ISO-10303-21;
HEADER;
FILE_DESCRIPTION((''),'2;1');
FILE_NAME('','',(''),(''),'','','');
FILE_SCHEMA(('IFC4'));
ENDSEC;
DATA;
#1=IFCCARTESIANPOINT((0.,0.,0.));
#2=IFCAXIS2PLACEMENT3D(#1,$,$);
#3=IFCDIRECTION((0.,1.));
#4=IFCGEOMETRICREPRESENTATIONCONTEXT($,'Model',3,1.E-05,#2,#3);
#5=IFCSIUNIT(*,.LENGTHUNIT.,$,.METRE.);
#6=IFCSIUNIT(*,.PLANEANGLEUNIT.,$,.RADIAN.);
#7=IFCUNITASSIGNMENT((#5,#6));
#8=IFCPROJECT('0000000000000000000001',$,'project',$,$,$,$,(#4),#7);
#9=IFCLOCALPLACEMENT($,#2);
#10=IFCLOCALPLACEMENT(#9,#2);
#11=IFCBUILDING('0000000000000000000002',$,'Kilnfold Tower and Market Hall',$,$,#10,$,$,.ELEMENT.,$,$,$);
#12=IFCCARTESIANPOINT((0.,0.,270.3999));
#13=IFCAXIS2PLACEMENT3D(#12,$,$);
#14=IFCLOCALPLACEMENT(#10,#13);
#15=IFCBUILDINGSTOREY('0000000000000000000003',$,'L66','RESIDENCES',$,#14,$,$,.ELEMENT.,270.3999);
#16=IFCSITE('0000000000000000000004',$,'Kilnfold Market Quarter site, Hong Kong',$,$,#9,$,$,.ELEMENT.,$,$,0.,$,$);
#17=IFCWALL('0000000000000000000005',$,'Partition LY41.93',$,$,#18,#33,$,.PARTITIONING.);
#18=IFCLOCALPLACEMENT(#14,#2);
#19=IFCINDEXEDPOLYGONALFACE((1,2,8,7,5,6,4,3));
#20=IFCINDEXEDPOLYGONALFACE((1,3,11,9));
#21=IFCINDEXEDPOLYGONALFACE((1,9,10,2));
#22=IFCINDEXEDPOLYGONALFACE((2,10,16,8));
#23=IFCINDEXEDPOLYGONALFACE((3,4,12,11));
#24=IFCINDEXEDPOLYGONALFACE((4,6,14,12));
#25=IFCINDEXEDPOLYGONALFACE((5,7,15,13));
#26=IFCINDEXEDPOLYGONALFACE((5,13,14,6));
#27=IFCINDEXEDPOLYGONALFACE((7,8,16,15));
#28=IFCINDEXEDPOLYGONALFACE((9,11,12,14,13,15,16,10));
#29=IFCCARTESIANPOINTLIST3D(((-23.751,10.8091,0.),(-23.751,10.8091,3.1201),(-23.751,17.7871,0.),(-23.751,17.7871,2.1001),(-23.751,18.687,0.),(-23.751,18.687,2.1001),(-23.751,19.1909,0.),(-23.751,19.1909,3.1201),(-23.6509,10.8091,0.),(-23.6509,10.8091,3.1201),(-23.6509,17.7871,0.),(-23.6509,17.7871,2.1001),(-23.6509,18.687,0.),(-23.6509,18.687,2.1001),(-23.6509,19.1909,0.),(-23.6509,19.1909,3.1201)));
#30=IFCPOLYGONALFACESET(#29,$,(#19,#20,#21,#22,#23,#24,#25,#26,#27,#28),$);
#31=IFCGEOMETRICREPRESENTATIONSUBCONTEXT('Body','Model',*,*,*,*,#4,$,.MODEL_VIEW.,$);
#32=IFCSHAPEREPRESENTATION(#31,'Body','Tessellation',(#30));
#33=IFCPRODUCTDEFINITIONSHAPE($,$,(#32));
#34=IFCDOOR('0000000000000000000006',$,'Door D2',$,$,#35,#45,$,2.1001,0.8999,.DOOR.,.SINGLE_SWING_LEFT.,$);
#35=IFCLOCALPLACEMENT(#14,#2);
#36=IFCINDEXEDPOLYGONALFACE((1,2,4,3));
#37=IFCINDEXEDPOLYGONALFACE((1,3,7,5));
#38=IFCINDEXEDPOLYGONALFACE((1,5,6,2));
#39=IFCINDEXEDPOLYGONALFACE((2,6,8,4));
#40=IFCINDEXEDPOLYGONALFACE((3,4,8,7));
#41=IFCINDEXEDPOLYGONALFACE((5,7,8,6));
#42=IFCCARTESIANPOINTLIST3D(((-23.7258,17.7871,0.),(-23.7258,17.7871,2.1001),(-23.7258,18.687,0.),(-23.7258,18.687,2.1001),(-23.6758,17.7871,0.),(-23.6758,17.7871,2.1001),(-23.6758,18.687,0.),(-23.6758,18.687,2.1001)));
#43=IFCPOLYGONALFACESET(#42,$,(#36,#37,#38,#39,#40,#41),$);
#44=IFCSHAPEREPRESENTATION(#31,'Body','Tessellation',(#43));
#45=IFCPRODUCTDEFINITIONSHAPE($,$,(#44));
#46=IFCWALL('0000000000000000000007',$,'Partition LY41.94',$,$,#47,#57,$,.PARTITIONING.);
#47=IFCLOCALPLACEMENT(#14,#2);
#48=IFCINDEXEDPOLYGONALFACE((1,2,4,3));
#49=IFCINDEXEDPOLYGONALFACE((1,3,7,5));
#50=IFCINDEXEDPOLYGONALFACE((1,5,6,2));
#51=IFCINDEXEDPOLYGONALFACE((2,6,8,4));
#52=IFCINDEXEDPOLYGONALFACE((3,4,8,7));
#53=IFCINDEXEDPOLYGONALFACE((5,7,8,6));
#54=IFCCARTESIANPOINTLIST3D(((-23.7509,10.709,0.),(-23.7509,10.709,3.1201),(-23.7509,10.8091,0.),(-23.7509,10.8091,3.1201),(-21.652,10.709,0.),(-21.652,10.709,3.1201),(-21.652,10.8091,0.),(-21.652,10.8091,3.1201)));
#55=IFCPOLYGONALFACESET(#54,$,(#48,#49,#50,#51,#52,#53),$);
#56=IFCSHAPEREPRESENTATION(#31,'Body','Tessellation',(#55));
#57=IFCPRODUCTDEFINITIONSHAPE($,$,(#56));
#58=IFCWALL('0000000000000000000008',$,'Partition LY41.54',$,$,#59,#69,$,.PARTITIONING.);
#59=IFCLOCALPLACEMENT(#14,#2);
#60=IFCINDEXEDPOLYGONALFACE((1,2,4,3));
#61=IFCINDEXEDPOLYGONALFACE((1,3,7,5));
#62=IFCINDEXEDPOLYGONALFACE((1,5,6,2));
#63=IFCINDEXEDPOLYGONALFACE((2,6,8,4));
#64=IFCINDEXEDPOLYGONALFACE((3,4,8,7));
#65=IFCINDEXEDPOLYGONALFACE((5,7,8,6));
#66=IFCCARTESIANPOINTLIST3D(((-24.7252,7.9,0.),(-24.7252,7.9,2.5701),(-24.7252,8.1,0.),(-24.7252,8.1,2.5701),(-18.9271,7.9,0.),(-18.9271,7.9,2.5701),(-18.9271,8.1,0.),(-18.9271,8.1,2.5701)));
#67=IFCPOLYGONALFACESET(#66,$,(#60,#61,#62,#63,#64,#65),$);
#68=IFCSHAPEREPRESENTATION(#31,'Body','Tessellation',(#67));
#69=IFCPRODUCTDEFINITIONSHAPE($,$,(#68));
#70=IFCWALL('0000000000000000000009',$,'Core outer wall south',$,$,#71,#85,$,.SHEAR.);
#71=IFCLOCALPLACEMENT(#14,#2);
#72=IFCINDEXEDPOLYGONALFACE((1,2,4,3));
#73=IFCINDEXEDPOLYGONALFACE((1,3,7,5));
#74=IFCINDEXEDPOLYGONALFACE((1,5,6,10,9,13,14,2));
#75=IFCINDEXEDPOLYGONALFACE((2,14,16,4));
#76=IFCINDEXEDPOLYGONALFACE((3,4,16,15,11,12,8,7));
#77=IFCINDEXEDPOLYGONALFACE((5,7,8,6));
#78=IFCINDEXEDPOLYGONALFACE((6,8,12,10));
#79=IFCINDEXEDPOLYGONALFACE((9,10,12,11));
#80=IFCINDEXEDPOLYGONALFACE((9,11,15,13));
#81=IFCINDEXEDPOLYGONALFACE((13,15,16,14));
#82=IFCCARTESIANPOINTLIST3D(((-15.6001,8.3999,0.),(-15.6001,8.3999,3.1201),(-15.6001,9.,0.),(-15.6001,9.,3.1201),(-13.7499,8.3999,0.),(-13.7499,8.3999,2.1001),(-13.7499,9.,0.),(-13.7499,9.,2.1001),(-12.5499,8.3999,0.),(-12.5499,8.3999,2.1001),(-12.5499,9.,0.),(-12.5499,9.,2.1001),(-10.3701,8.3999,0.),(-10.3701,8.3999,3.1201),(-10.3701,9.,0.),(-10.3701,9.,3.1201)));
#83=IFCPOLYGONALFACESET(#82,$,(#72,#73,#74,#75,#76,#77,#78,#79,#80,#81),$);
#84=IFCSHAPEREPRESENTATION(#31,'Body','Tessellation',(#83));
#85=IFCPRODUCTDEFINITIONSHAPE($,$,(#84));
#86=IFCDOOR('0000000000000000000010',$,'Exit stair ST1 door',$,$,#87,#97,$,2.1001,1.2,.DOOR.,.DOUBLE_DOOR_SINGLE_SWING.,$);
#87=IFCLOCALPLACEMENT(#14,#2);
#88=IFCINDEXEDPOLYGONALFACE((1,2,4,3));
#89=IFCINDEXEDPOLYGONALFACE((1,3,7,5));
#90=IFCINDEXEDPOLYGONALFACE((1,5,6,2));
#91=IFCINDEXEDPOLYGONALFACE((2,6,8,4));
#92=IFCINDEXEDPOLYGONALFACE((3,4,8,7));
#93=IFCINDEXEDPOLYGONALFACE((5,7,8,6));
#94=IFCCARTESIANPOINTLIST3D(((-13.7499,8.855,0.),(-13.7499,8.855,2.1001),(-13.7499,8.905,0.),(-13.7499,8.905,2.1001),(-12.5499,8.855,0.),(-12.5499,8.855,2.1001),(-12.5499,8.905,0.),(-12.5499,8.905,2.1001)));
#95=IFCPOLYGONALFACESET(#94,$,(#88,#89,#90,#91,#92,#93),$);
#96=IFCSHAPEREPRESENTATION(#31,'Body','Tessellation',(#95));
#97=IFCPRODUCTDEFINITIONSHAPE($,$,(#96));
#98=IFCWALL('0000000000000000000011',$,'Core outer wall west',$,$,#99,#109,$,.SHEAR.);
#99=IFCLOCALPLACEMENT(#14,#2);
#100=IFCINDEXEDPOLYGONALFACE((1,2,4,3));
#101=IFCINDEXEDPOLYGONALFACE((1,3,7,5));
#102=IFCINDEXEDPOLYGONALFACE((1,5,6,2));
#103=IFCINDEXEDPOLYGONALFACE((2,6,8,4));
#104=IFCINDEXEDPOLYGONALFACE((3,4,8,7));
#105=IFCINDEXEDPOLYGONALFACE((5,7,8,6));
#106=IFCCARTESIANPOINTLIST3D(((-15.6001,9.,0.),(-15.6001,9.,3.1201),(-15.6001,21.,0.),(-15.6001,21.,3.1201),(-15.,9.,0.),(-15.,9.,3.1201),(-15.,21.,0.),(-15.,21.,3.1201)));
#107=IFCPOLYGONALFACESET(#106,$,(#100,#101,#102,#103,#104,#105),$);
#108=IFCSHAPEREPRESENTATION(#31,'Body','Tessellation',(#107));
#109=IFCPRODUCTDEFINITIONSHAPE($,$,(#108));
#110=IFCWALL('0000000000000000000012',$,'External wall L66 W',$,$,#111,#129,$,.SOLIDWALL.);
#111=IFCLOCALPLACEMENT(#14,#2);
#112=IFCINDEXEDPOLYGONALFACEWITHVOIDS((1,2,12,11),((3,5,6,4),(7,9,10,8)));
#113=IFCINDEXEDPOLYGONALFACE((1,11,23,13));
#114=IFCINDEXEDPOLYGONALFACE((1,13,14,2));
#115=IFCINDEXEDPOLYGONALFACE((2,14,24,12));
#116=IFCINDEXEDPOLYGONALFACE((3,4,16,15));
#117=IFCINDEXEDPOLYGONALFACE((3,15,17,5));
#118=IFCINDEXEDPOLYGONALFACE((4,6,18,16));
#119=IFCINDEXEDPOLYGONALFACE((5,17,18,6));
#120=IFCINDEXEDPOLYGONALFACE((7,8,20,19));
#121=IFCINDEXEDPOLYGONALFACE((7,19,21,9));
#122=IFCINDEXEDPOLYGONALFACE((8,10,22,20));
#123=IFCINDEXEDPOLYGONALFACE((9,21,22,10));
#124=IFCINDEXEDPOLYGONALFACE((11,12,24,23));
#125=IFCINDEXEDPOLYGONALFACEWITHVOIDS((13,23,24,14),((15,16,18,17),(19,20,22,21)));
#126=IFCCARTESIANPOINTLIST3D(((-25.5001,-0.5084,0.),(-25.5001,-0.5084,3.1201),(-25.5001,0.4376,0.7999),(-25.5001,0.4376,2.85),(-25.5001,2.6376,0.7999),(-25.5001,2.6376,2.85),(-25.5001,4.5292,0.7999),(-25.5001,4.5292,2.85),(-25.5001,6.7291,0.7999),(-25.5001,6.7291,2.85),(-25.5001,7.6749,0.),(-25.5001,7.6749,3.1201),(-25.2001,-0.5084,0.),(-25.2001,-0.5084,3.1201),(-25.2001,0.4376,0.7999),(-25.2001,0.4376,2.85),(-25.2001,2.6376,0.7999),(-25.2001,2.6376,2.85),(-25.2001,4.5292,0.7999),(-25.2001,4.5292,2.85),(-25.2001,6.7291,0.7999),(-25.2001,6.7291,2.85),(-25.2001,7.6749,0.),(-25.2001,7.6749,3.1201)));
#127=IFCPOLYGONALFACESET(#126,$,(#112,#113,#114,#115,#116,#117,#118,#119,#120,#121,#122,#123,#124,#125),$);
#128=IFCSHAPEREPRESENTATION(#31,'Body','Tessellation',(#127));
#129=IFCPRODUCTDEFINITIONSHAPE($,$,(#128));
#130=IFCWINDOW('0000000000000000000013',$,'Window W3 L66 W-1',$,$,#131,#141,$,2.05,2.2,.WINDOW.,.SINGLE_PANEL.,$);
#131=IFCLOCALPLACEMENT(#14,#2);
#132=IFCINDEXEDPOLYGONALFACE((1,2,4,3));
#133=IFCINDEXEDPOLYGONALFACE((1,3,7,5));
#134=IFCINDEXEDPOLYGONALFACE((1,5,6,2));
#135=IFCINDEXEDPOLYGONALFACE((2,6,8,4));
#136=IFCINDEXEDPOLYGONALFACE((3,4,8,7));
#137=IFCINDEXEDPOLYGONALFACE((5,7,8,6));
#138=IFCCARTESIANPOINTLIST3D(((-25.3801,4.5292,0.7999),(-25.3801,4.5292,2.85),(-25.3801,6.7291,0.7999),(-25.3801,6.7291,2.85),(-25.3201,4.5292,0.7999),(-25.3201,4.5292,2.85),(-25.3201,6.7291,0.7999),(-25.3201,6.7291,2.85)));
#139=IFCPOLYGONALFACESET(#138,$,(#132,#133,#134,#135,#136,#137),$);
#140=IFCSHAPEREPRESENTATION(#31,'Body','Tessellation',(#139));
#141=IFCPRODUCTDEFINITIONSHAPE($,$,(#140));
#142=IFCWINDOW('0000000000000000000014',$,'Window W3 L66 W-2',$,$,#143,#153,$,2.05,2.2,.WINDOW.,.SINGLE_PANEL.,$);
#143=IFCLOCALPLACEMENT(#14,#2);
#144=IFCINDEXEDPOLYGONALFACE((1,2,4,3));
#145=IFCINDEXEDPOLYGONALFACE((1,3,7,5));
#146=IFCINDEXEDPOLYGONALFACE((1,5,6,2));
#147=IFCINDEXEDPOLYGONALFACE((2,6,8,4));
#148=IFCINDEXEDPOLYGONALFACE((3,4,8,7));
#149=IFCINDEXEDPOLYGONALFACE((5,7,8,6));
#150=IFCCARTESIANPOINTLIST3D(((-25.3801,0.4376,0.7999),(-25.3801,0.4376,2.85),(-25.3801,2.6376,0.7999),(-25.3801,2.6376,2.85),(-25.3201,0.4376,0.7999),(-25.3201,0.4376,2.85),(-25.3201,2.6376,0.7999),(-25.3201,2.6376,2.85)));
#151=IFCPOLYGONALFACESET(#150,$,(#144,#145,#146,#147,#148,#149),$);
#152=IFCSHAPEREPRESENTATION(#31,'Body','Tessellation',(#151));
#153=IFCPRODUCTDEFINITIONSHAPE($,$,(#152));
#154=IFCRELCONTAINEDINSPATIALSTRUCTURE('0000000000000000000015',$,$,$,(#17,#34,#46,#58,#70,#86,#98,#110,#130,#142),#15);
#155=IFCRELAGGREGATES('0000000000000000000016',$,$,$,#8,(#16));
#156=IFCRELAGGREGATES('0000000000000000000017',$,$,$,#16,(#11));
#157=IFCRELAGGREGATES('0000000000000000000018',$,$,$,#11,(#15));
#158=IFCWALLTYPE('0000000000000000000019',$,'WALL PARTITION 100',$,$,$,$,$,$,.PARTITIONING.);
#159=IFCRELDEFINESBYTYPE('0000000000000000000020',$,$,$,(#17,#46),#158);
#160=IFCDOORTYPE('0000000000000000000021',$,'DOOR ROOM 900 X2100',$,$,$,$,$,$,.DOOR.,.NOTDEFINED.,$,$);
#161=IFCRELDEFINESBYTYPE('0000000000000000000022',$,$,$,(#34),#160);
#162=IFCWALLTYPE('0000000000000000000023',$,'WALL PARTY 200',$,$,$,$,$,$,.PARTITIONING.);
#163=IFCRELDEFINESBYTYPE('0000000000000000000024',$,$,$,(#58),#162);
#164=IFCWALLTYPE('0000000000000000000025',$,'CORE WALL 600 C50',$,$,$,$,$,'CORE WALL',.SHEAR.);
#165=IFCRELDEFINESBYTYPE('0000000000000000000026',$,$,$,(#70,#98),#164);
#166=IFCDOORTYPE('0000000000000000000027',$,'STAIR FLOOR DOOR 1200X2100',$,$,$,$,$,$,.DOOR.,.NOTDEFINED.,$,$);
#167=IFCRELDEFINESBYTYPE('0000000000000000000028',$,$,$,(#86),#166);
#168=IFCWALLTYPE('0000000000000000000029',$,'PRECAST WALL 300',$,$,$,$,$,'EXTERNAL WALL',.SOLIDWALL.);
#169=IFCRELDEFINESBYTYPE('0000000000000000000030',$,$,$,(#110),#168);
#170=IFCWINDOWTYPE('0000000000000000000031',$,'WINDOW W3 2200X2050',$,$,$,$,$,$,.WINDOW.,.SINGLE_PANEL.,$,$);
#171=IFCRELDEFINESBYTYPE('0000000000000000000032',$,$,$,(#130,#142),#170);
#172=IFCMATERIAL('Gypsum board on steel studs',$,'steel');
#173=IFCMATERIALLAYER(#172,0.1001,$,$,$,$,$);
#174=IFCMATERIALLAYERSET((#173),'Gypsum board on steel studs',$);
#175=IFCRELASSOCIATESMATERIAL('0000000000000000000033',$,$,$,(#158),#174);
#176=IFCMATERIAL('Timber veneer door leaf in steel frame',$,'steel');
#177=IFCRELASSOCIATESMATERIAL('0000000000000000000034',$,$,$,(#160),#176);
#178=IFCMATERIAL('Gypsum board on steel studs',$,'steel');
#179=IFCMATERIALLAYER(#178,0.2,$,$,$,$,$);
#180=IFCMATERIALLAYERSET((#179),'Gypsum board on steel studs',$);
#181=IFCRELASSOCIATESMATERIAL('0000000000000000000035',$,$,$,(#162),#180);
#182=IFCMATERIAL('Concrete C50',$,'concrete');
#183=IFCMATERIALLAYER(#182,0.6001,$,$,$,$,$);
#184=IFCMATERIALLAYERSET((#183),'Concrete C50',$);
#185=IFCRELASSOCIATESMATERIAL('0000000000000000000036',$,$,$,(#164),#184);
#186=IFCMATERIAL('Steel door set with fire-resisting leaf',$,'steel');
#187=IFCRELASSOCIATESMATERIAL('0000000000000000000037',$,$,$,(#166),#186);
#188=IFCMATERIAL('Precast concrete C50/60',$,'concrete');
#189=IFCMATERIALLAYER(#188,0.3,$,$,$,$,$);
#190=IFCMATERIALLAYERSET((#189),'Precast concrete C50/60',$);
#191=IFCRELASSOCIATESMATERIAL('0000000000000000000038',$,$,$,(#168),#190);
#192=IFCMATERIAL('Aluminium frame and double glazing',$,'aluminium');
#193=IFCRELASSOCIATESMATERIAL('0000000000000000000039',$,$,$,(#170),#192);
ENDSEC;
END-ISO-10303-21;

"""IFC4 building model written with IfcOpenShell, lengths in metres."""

from ifc_helpers import new_model, si_unit, direction, frame, frame_2d, origin, place, context, subcontext, project, spatial, rectangle, extrude, source, transform, mapped, material, layer, layer_set, type_object, element, fill, save


model = new_model("IFC4")

# Units and contexts
model_context = context("Model", 3, precision=1e-05, world=origin(), true_north=direction((0.0, 1.0)))
body_context = subcontext(model_context, "Body", "Model", "MODEL_VIEW")
ifc_project = project(units=[si_unit("LENGTHUNIT", "METRE"), si_unit("PLANEANGLEUNIT", "RADIAN")], contexts=[model_context])

# Site, building, storey
site_placement = place(None, origin())
site = spatial("IfcSite", under=ifc_project, at=site_placement, Name="Kilnfold Market Quarter site, Hong Kong", CompositionType="ELEMENT", RefElevation=0.0)
building_placement = place(site_placement, origin())
building = spatial("IfcBuilding", under=site, at=building_placement, Name="Kilnfold Tower and Market Hall", CompositionType="ELEMENT")
storey_placement = place(building_placement, frame((0.0, 0.0, 270.3999)))
storey = spatial("IfcBuildingStorey", under=building, at=storey_placement, Name="L66", Description="RESIDENCES", CompositionType="ELEMENT", Elevation=270.3999)

# Shared definitions
ifc_material_1 = material(Name="Gypsum board on steel studs", Category="steel")
ifc_layer_1 = layer(ifc_material_1, 0.1001)
ifc_layer_set_1 = layer_set([ifc_layer_1], Name="Gypsum board on steel studs")
wall_type_1 = type_object("IfcWallType", Name="WALL PARTITION 100", PredefinedType="PARTITIONING", material=ifc_layer_set_1)
ifc_material_2 = material(Name="Timber veneer door leaf in steel frame", Category="steel")
door_type_1 = type_object("IfcDoorType", Name="DOOR ROOM 900 X2100", OperationType="NOTDEFINED", PredefinedType="DOOR", material=ifc_material_2)

# Wall, opening, door
wall_1_placement = place(storey_placement, frame((-23.7009, 10.8091, 0.0), z_axis=(0.0, 0.0, 1.0), x_axis=(0.0, 1.0, 0.0)))
wall_1 = element("IfcWall", 1, at=wall_1_placement, inside=storey, type_object=wall_type_1, Name="Partition LY41.93", PredefinedType="PARTITIONING", context=body_context, shape_type="SweptSolid", body=[
    extrude(rectangle(XDim=8.3818, YDim=0.1001, at=frame_2d((4.1909, 0.0))), origin(), (0.0, 0.0, 1.0), 3.1201),
])
opening_1_placement = place(wall_1_placement, frame((6.978, 0.0, 0.0)))
opening_1 = element("IfcOpeningElement", 2, at=opening_1_placement, cuts=wall_1, PredefinedType="OPENING", context=body_context, shape_type="SweptSolid", body=[
    extrude(rectangle(XDim=0.8999, YDim=2.1001, at=frame_2d((0.45, 1.05))), frame((0.0, 0.0601, 0.0), z_axis=(0.0, -1.0, 0.0), x_axis=(1.0, 0.0, 0.0)), (0.0, 0.0, 1.0), 0.1201),
])
door_1_placement = place(opening_1_placement, origin())
door_1 = element("IfcDoor", 3, at=door_1_placement, inside=storey, type_object=door_type_1, Name="Door D2", OperationType="SINGLE_SWING_LEFT", OverallHeight=2.1001, OverallWidth=0.8999, PredefinedType="DOOR", context=body_context, shape_type="SweptSolid", body=[
    extrude(rectangle(XDim=0.8999, YDim=2.1001, at=frame_2d((0.45, 1.05))), frame((0.0, 0.0249, 0.0), z_axis=(0.0, -1.0, 0.0), x_axis=(1.0, 0.0, 0.0)), (0.0, 0.0, 1.0), 0.05),
])
fill(opening_1, door_1)

# Walls
wall_2_placement = place(storey_placement, frame((-21.6521, 10.759, 0.0), z_axis=(0.0, 0.0, 1.0), x_axis=(-1.0, 0.0, 0.0)))
element("IfcWall", 4, at=wall_2_placement, inside=storey, type_object=wall_type_1, Name="Partition LY41.94", PredefinedType="PARTITIONING", context=body_context, shape_type="SweptSolid", body=[
    extrude(rectangle(XDim=2.0989, YDim=0.1001, at=frame_2d((1.0493, 0.0))), origin(), (0.0, 0.0, 1.0), 3.1201),
])
ifc_material_3 = material(Name="Gypsum board on steel studs", Category="steel")
ifc_layer_2 = layer(ifc_material_3, 0.2)
ifc_layer_set_2 = layer_set([ifc_layer_2], Name="Gypsum board on steel studs")
wall_type_2 = type_object("IfcWallType", Name="WALL PARTY 200", PredefinedType="PARTITIONING", material=ifc_layer_set_2)
wall_3_placement = place(storey_placement, frame((-24.7251, 8.0, 0.0), z_axis=(0.0, 0.0, 1.0), x_axis=(1.0, 0.0, 0.0)))
element("IfcWall", 5, at=wall_3_placement, inside=storey, type_object=wall_type_2, Name="Partition LY41.54", PredefinedType="PARTITIONING", context=body_context, shape_type="SweptSolid", body=[
    extrude(rectangle(XDim=5.7981, YDim=0.2, at=frame_2d((2.8989, 0.0))), origin(), (0.0, 0.0, 1.0), 2.5701),
])

# Wall, opening, door
ifc_material_4 = material(Name="Concrete C50", Category="concrete")
ifc_layer_3 = layer(ifc_material_4, 0.6001)
ifc_layer_set_3 = layer_set([ifc_layer_3], Name="Concrete C50")
wall_type_3 = type_object("IfcWallType", Name="CORE WALL 600 C50", ElementType="CORE WALL", PredefinedType="SHEAR", material=ifc_layer_set_3)
shared_shape_1 = source(origin(), body_context, "Body", "SweptSolid", [
    extrude(rectangle(XDim=5.23, YDim=0.6001, at=frame_2d((2.615, 0.0))), origin(), (0.0, 0.0, 1.0), 3.1201),
])
wall_4_placement = place(storey_placement, frame((-15.6001, 8.7, 0.0), z_axis=(0.0, 0.0, 1.0), x_axis=(1.0, 0.0, 0.0)))
wall_4 = element("IfcWall", 6, at=wall_4_placement, inside=storey, type_object=wall_type_3, Name="Core outer wall south", PredefinedType="SHEAR", context=body_context, shape_type="MappedRepresentation", body=[
    mapped(shared_shape_1, transform((0.0, 0.0, 0.0))),
])
opening_2_placement = place(wall_4_placement, frame((1.8501, 0.0, 0.0)))
opening_2 = element("IfcOpeningElement", 7, at=opening_2_placement, cuts=wall_4, PredefinedType="OPENING", context=body_context, shape_type="SweptSolid", body=[
    extrude(rectangle(XDim=1.2, YDim=2.1001, at=frame_2d((0.6001, 1.05))), frame((0.0, 0.3101, 0.0), z_axis=(0.0, -1.0, 0.0), x_axis=(1.0, 0.0, 0.0)), (0.0, 0.0, 1.0), 0.6201),
])
ifc_material_5 = material(Name="Steel door set with fire-resisting leaf", Category="steel")
door_type_2 = type_object("IfcDoorType", Name="STAIR FLOOR DOOR 1200X2100", OperationType="NOTDEFINED", PredefinedType="DOOR", material=ifc_material_5)
door_2_placement = place(opening_2_placement, origin())
door_2 = element("IfcDoor", 8, at=door_2_placement, inside=storey, type_object=door_type_2, Name="Exit stair ST1 door", OperationType="DOUBLE_DOOR_SINGLE_SWING", OverallHeight=2.1001, OverallWidth=1.2, PredefinedType="DOOR", context=body_context, shape_type="SweptSolid", body=[
    extrude(rectangle(XDim=1.2, YDim=2.1001, at=frame_2d((0.6001, 1.05))), frame((0.0, 0.2051, 0.0), z_axis=(0.0, -1.0, 0.0), x_axis=(1.0, 0.0, 0.0)), (0.0, 0.0, 1.0), 0.05),
])
fill(opening_2, door_2)

# Wall
shared_shape_2 = source(origin(), body_context, "Body", "SweptSolid", [
    extrude(rectangle(XDim=12.0, YDim=0.6001, at=frame_2d((6.0, 0.0))), origin(), (0.0, 0.0, 1.0), 3.1201),
])
wall_5_placement = place(storey_placement, frame((-15.3, 9.0, 0.0), z_axis=(0.0, 0.0, 1.0), x_axis=(0.0, 1.0, 0.0)))
element("IfcWall", 9, at=wall_5_placement, inside=storey, type_object=wall_type_3, Name="Core outer wall west", PredefinedType="SHEAR", context=body_context, shape_type="MappedRepresentation", body=[
    mapped(shared_shape_2, transform((0.0, 0.0, 0.0))),
])

# Wall, openings, windows
ifc_material_6 = material(Name="Precast concrete C50/60", Category="concrete")
ifc_layer_4 = layer(ifc_material_6, 0.3)
ifc_layer_set_4 = layer_set([ifc_layer_4], Name="Precast concrete C50/60")
wall_type_4 = type_object("IfcWallType", Name="PRECAST WALL 300", ElementType="EXTERNAL WALL", PredefinedType="SOLIDWALL", material=ifc_layer_set_4)
shared_shape_3 = source(origin(), body_context, "Body", "SweptSolid", [
    extrude(rectangle(XDim=8.1833, YDim=0.3, at=frame_2d((4.0918, 0.0))), origin(), (0.0, 0.0, 1.0), 3.1201),
])
wall_6_placement = place(storey_placement, frame((-25.3501, 7.675, 0.0), z_axis=(0.0, 0.0, 1.0), x_axis=(0.0, -1.0, 0.0)))
wall_6 = element("IfcWall", 10, at=wall_6_placement, inside=storey, type_object=wall_type_4, Name="External wall L66 W", PredefinedType="SOLIDWALL", context=body_context, shape_type="MappedRepresentation", body=[
    mapped(shared_shape_3, transform((0.0, 0.0, 0.0))),
])
opening_3_placement = place(wall_6_placement, frame((0.9458, 0.0, 0.8)))
opening_3 = element("IfcOpeningElement", 11, at=opening_3_placement, cuts=wall_6, PredefinedType="OPENING", context=body_context, shape_type="SweptSolid", body=[
    extrude(rectangle(XDim=2.2, YDim=2.05, at=frame_2d((1.1001, 1.0249))), frame((0.0, 0.1602, 0.0), z_axis=(0.0, -1.0, 0.0), x_axis=(1.0, 0.0, 0.0)), (0.0, 0.0, 1.0), 0.3201),
])
opening_4_placement = place(wall_6_placement, frame((5.0374, 0.0, 0.8)))
opening_4 = element("IfcOpeningElement", 12, at=opening_4_placement, cuts=wall_6, PredefinedType="OPENING", context=body_context, shape_type="SweptSolid", body=[
    extrude(rectangle(XDim=2.2, YDim=2.05, at=frame_2d((1.1001, 1.0249))), frame((0.0, 0.1602, 0.0), z_axis=(0.0, -1.0, 0.0), x_axis=(1.0, 0.0, 0.0)), (0.0, 0.0, 1.0), 0.3201),
])
ifc_material_7 = material(Name="Aluminium frame and double glazing", Category="aluminium")
window_type = type_object("IfcWindowType", Name="WINDOW W3 2200X2050", PartitioningType="SINGLE_PANEL", PredefinedType="WINDOW", material=ifc_material_7)
window_1_placement = place(opening_3_placement, origin())
window_1 = element("IfcWindow", 13, at=window_1_placement, inside=storey, type_object=window_type, Name="Window W3 L66 W-1", OverallHeight=2.05, OverallWidth=2.2, PartitioningType="SINGLE_PANEL", PredefinedType="WINDOW", context=body_context, shape_type="SweptSolid", body=[
    extrude(rectangle(XDim=2.2, YDim=2.05, at=frame_2d((1.1001, 1.0249))), frame((0.0, 0.03, 0.0), z_axis=(0.0, -1.0, 0.0), x_axis=(1.0, 0.0, 0.0)), (0.0, 0.0, 1.0), 0.0601),
])
fill(opening_3, window_1)
window_2_placement = place(opening_4_placement, origin())
window_2 = element("IfcWindow", 14, at=window_2_placement, inside=storey, type_object=window_type, Name="Window W3 L66 W-2", OverallHeight=2.05, OverallWidth=2.2, PartitioningType="SINGLE_PANEL", PredefinedType="WINDOW", context=body_context, shape_type="SweptSolid", body=[
    extrude(rectangle(XDim=2.2, YDim=2.05, at=frame_2d((1.1001, 1.0249))), frame((0.0, 0.03, 0.0), z_axis=(0.0, -1.0, 0.0), x_axis=(1.0, 0.0, 0.0)), (0.0, 0.0, 1.0), 0.0601),
])
fill(opening_4, window_2)

save(model, "model.ifc")
